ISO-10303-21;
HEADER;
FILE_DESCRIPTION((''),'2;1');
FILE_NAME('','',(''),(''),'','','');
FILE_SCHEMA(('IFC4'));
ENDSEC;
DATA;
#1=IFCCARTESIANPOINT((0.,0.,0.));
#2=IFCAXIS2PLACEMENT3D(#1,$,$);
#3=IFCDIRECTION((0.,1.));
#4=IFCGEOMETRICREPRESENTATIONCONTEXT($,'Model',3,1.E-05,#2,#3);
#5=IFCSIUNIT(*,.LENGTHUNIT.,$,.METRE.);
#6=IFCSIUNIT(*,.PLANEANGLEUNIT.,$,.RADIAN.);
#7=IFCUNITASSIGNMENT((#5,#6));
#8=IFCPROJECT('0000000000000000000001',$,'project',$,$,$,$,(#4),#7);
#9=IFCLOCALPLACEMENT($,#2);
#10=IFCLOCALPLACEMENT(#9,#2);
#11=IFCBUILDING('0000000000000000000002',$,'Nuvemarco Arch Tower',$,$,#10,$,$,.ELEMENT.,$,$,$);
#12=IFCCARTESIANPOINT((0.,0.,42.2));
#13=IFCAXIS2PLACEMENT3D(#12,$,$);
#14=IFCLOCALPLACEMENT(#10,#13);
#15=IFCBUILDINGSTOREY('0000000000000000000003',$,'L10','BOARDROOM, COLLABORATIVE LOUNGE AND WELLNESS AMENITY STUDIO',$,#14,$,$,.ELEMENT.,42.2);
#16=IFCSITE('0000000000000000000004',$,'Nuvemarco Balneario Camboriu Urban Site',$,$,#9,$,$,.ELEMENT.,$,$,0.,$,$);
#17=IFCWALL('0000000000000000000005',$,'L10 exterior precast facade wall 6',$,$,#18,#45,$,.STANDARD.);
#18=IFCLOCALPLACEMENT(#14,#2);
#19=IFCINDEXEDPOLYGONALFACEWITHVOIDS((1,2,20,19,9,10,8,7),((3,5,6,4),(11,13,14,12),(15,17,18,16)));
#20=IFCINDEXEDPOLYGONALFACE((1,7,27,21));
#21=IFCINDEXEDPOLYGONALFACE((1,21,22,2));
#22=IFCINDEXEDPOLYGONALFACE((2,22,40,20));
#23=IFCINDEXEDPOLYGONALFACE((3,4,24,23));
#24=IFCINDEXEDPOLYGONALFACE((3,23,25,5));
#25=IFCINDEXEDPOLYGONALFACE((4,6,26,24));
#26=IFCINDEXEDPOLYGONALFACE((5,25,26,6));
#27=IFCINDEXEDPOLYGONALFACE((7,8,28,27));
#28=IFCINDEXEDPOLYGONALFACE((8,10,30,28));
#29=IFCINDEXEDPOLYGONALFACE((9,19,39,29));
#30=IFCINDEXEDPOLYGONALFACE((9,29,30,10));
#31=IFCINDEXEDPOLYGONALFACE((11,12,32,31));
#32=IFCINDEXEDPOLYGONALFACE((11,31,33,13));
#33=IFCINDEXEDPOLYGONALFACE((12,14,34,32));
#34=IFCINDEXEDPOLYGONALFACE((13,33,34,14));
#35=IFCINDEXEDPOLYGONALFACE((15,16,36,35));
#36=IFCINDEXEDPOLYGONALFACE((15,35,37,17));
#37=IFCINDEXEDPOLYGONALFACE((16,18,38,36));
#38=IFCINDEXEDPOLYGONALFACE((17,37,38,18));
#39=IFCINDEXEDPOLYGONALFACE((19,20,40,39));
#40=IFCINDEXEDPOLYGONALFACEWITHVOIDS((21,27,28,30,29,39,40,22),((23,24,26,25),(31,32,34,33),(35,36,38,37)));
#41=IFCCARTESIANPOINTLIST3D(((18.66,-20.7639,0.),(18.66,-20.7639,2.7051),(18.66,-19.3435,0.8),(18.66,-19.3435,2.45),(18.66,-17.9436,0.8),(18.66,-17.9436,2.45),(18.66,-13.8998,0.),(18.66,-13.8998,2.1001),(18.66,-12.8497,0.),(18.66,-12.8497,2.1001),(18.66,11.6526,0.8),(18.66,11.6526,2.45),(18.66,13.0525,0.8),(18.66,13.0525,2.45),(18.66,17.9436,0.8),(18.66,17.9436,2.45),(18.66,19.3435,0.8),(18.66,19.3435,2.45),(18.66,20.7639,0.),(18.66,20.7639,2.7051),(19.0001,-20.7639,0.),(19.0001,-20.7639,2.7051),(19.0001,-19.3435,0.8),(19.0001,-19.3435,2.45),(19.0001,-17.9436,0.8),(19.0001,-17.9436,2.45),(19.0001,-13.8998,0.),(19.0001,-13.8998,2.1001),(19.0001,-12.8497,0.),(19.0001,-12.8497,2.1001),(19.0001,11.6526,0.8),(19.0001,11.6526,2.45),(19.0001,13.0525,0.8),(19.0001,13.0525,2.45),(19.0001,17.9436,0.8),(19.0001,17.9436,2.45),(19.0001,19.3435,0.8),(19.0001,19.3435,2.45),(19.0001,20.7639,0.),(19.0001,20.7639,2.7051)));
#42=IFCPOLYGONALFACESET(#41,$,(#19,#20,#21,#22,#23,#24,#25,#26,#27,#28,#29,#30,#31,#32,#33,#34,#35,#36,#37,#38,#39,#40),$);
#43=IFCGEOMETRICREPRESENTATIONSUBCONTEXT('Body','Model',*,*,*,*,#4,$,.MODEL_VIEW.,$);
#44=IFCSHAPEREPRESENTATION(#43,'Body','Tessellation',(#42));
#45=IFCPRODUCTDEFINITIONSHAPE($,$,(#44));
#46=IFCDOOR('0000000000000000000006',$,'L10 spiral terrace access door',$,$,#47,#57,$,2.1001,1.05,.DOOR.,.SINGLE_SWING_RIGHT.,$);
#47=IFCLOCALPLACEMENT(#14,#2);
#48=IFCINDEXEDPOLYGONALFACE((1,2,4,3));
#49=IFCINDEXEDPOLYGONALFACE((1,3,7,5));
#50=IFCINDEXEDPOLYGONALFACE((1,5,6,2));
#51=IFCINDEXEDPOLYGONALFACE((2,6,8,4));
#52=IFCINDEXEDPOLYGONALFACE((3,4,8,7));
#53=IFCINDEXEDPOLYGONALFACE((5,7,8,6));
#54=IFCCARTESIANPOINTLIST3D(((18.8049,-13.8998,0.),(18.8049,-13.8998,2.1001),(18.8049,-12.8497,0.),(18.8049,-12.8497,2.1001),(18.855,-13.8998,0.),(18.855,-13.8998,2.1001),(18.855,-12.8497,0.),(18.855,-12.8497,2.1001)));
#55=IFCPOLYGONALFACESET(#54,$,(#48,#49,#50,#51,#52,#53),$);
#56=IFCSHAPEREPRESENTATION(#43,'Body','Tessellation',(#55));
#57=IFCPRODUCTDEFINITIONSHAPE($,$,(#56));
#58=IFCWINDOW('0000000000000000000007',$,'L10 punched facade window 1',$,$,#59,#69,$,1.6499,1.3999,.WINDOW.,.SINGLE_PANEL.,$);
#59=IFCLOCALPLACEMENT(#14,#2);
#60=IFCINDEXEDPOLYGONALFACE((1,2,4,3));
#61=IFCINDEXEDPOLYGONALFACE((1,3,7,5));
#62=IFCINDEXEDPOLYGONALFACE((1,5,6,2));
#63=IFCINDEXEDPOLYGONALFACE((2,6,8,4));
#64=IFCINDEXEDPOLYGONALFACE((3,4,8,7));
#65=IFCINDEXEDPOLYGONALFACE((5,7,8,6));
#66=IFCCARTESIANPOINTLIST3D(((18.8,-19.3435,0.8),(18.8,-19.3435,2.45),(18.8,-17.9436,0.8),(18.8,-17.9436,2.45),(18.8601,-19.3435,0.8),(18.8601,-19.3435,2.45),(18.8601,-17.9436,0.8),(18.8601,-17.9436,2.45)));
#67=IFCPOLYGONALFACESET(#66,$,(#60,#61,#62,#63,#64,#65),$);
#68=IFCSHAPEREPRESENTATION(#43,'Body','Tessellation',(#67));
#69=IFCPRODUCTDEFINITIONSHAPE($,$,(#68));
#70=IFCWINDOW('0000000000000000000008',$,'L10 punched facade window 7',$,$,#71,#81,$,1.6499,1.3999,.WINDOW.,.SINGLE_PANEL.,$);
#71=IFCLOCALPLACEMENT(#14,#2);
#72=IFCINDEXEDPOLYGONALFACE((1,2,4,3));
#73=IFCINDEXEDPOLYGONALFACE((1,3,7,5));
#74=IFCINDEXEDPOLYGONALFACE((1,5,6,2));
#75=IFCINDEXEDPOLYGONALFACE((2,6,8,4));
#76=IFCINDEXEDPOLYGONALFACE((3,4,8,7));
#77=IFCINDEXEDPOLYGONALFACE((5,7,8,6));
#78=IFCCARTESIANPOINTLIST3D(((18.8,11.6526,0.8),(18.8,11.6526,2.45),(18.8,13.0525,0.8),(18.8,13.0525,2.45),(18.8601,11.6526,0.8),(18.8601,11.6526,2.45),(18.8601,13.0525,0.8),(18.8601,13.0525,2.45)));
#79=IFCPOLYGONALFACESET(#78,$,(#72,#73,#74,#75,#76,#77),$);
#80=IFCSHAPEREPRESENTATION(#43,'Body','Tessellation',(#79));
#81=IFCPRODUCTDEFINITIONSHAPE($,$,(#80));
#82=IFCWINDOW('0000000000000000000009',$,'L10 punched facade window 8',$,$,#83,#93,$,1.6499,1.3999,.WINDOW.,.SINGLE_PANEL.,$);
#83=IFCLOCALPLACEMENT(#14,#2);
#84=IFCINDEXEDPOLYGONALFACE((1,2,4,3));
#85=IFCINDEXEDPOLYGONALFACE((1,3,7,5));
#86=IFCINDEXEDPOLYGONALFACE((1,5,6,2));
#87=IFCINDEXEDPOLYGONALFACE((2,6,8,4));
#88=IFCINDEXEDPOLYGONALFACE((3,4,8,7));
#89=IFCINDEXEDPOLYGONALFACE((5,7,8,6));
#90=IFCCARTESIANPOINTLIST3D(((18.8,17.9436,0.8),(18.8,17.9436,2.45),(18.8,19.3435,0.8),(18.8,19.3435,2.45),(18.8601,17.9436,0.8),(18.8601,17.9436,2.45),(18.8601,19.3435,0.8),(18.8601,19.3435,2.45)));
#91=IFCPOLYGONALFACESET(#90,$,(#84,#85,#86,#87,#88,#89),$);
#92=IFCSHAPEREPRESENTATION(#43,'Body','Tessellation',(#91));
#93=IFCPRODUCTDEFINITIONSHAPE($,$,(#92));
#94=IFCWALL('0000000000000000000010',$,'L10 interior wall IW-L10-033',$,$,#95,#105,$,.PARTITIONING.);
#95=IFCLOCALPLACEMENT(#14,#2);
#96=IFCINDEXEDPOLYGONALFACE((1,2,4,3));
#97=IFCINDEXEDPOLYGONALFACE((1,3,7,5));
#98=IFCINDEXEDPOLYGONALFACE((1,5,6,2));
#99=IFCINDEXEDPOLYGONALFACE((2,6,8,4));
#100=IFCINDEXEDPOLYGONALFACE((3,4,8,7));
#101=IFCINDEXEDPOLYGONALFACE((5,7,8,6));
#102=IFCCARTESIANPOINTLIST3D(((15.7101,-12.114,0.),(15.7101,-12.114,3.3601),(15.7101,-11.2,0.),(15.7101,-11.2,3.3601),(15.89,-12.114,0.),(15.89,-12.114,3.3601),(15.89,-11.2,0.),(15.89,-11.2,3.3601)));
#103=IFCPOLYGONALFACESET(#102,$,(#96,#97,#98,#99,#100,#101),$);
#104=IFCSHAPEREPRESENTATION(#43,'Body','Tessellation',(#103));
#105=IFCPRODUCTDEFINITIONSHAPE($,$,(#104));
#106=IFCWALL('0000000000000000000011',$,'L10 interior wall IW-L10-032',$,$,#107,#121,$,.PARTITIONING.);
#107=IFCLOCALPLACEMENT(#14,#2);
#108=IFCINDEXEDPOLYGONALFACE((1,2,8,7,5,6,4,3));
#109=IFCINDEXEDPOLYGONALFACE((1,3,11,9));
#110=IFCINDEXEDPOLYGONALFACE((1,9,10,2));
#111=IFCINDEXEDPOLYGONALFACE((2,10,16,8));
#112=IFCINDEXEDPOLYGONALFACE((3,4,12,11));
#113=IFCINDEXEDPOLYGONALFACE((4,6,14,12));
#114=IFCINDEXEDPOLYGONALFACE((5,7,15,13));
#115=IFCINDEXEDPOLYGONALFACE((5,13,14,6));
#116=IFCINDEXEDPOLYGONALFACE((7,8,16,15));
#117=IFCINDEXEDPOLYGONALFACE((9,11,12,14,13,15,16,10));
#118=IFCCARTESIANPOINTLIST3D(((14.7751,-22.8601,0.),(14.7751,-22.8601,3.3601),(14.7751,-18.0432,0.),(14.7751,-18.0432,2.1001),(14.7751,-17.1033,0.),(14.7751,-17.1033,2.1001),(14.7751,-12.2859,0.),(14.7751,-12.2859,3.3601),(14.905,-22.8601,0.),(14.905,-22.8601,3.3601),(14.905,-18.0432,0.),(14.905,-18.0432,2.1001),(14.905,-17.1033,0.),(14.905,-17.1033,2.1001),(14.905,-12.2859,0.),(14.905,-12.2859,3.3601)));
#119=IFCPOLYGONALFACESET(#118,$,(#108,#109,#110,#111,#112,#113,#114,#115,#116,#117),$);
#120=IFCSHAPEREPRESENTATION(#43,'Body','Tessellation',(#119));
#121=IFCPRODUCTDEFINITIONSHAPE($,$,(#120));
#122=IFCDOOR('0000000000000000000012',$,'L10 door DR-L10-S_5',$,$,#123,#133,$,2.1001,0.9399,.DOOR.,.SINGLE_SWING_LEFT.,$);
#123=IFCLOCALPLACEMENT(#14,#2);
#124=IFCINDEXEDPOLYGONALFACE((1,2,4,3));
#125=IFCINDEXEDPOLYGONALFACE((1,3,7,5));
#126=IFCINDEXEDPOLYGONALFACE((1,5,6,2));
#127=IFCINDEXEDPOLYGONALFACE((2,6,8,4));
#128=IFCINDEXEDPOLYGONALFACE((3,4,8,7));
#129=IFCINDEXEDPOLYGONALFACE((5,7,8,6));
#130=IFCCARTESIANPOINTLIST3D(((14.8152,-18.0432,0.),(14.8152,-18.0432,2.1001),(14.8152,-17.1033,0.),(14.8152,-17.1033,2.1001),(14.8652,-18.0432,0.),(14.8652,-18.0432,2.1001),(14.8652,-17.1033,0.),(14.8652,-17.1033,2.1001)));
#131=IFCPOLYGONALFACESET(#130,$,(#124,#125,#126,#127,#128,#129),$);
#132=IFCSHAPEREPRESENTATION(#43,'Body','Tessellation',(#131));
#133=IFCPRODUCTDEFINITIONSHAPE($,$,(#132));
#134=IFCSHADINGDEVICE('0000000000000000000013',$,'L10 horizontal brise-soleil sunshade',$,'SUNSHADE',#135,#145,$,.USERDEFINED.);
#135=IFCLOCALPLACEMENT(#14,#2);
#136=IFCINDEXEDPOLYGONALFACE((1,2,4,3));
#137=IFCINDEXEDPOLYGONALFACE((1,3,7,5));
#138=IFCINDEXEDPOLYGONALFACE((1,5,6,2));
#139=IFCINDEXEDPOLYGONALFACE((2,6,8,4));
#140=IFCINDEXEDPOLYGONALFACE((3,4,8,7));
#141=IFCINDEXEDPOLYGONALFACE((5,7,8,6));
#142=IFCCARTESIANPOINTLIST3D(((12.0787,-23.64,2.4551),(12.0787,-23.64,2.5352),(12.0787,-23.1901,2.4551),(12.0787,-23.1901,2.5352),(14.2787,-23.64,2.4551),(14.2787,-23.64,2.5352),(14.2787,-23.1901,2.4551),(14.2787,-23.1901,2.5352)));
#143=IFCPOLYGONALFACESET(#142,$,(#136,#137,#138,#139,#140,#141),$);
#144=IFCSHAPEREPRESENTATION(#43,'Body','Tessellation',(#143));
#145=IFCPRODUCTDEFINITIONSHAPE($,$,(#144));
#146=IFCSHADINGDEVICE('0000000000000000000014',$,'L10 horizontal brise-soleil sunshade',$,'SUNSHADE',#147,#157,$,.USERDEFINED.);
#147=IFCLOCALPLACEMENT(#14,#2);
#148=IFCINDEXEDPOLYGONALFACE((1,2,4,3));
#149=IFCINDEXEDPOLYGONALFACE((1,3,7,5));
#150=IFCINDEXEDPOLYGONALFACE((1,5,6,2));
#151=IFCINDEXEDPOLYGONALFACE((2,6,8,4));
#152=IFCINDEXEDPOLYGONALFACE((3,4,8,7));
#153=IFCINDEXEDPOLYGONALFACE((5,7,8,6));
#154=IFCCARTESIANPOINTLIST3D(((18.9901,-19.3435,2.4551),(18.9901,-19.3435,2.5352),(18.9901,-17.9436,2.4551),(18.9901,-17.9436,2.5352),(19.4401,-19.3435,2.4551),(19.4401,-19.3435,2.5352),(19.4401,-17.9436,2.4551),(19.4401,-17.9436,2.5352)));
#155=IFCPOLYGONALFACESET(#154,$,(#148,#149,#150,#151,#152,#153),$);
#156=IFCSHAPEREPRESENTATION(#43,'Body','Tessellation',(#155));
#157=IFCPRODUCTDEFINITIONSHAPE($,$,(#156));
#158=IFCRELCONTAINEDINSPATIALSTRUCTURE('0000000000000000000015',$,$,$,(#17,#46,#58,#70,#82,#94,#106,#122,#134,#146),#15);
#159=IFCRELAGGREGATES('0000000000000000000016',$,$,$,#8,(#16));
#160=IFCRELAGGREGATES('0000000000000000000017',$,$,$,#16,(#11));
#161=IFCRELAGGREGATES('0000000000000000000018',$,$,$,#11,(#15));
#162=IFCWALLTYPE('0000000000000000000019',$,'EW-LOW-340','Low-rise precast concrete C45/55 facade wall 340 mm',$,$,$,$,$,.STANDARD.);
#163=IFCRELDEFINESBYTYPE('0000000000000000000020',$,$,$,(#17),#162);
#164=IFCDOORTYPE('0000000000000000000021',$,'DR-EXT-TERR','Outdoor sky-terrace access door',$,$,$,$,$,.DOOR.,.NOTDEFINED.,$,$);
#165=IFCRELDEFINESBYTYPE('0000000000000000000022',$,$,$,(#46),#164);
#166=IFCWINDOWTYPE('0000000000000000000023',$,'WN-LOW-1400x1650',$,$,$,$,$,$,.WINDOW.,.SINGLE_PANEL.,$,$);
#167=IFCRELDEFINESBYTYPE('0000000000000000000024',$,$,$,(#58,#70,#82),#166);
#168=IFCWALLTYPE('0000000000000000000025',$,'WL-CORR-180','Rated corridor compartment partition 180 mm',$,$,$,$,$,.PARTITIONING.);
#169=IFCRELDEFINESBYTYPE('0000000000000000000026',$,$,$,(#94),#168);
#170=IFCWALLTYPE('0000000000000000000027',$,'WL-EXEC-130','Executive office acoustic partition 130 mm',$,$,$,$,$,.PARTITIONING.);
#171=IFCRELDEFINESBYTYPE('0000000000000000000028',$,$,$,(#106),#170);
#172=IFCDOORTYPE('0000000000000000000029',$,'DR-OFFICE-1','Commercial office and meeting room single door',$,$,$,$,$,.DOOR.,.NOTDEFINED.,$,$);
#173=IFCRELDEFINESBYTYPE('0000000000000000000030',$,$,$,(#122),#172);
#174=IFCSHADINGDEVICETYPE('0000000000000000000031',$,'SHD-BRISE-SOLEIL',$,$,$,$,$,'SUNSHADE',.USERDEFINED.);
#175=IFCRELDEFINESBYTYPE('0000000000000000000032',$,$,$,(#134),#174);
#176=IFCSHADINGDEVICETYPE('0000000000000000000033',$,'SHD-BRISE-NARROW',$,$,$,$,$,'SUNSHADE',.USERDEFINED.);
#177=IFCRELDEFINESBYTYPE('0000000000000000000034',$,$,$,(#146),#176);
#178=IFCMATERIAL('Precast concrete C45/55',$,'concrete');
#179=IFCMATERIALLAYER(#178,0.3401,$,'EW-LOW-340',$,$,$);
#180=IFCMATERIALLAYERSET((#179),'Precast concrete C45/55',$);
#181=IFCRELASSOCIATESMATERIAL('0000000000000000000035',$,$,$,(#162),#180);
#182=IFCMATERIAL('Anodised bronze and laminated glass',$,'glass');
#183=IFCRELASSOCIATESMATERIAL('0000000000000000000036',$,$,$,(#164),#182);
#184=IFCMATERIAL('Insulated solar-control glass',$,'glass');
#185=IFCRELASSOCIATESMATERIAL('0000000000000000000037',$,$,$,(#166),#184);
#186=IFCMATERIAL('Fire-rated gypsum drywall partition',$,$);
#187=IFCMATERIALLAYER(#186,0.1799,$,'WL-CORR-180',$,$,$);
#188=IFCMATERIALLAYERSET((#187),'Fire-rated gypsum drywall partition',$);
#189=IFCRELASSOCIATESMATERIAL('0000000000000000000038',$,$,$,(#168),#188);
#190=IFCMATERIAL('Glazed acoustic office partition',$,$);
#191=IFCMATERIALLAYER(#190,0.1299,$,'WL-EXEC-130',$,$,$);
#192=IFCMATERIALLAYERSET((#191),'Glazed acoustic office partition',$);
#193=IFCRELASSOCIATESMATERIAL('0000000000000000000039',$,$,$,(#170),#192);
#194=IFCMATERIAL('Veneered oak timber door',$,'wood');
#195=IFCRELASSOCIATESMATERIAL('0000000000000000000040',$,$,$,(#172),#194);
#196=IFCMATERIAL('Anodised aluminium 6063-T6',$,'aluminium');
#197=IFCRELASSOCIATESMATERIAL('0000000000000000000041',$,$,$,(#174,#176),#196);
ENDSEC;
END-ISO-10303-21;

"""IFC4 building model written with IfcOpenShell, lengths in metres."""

from ifc_helpers import new_model, si_unit, direction, frame, frame_2d, origin, origin_2d, place, context, subcontext, project, spatial, rectangle, extrude, source, transform, mapped, material, layer, layer_set, type_object, type_shapes, element, fill, save


model = new_model("IFC4")

# Units and contexts
model_context = context("Model", 3, precision=1e-05, world=origin(), true_north=direction((0.0, 1.0)))
body_context = subcontext(model_context, "Body", "Model", "MODEL_VIEW")
ifc_project = project(units=[si_unit("LENGTHUNIT", "METRE"), si_unit("PLANEANGLEUNIT", "RADIAN")], contexts=[model_context])

# Site, building, storey
site_placement = place(None, origin())
site = spatial("IfcSite", under=ifc_project, at=site_placement, Name="Nuvemarco Balneario Camboriu Urban Site", CompositionType="ELEMENT", RefElevation=0.0)
building_placement = place(site_placement, origin())
building = spatial("IfcBuilding", under=site, at=building_placement, Name="Nuvemarco Arch Tower", CompositionType="ELEMENT")
storey_placement = place(building_placement, frame((0.0, 0.0, 42.2)))
storey = spatial("IfcBuildingStorey", under=building, at=storey_placement, Name="L10", Description="BOARDROOM, COLLABORATIVE LOUNGE AND WELLNESS AMENITY STUDIO", CompositionType="ELEMENT", Elevation=42.2)

# Shared definitions
ifc_material_1 = material(Name="Precast concrete C45/55", Category="concrete")

# Shared definitions
ifc_layer_1 = layer(ifc_material_1, 0.3401, Name="EW-LOW-340")
ifc_layer_set_1 = layer_set([ifc_layer_1], Name="Precast concrete C45/55")
wall_type_1 = type_object("IfcWallType", Name="EW-LOW-340", Description="Low-rise precast concrete C45/55 facade wall 340 mm", PredefinedType="STANDARD", material=ifc_layer_set_1)

# Wall, openings, door, windows
wall_1_placement = place(storey_placement, frame((18.8301, -20.7639, 0.0), z_axis=(0.0, 0.0, 1.0), x_axis=(0.0, 1.0, 0.0)))
wall_1 = element("IfcWall", 1, at=wall_1_placement, inside=storey, type_object=wall_type_1, Name="L10 exterior precast facade wall 6", PredefinedType="STANDARD", context=body_context, shape_type="SweptSolid", body=[
    extrude(rectangle(XDim=41.5278, YDim=0.3401, at=frame_2d((20.7639, 0.0))), origin(), (0.0, 0.0, 1.0), 2.7051),
])
opening_1_placement = place(wall_1_placement, frame((7.9141, 0.0, 0.0), z_axis=(0.0, 0.0, 1.0), x_axis=(-1.0, 0.0, 0.0)))
opening_1 = element("IfcOpeningElement", 2, at=opening_1_placement, cuts=wall_1, PredefinedType="OPENING", context=body_context, shape_type="SweptSolid", body=[
    extrude(rectangle(XDim=1.05, YDim=2.1001, at=frame_2d((0.5249, 1.05))), frame((0.0, 0.1799, 0.0), z_axis=(0.0, -1.0, 0.0), x_axis=(1.0, 0.0, 0.0)), (0.0, 0.0, 1.0), 0.3601),
])
opening_2_placement = place(wall_1_placement, frame((1.4204, 0.0, 0.8)))
opening_2 = element("IfcOpeningElement", 3, at=opening_2_placement, cuts=wall_1, PredefinedType="OPENING", context=body_context, shape_type="SweptSolid", body=[
    extrude(rectangle(XDim=1.3999, YDim=1.6499, at=frame_2d((0.7, 0.825))), frame((0.0, 0.1799, 0.0), z_axis=(0.0, -1.0, 0.0), x_axis=(1.0, 0.0, 0.0)), (0.0, 0.0, 1.0), 0.3601),
])
opening_3_placement = place(wall_1_placement, frame((32.4165, 0.0, 0.8)))
opening_3 = element("IfcOpeningElement", 4, at=opening_3_placement, cuts=wall_1, PredefinedType="OPENING", context=body_context, shape_type="SweptSolid", body=[
    extrude(rectangle(XDim=1.3999, YDim=1.6499, at=frame_2d((0.7, 0.825))), frame((0.0, 0.1799, 0.0), z_axis=(0.0, -1.0, 0.0), x_axis=(1.0, 0.0, 0.0)), (0.0, 0.0, 1.0), 0.3601),
])
opening_4_placement = place(wall_1_placement, frame((38.7075, 0.0, 0.8)))
opening_4 = element("IfcOpeningElement", 5, at=opening_4_placement, cuts=wall_1, PredefinedType="OPENING", context=body_context, shape_type="SweptSolid", body=[
    extrude(rectangle(XDim=1.3999, YDim=1.6499, at=frame_2d((0.7, 0.825))), frame((0.0, 0.1799, 0.0), z_axis=(0.0, -1.0, 0.0), x_axis=(1.0, 0.0, 0.0)), (0.0, 0.0, 1.0), 0.3601),
])
ifc_material_2 = material(Name="Anodised bronze and laminated glass", Category="glass")
door_type_1 = type_object("IfcDoorType", Name="DR-EXT-TERR", Description="Outdoor sky-terrace access door", OperationType="NOTDEFINED", PredefinedType="DOOR", material=ifc_material_2)
shared_shape_1 = source(origin(), body_context, "Body", "SweptSolid", [
    extrude(rectangle(XDim=1.05, YDim=2.1001, at=frame_2d((0.5249, 1.05))), frame((0.0, 0.0249, 0.0), z_axis=(0.0, -1.0, 0.0), x_axis=(1.0, 0.0, 0.0)), (0.0, 0.0, 1.0), 0.05),
])
type_shapes(door_type_1, [shared_shape_1])
door_1_placement = place(opening_1_placement, origin())
door_1 = element("IfcDoor", 6, at=door_1_placement, inside=storey, type_object=door_type_1, Name="L10 spiral terrace access door", OperationType="SINGLE_SWING_RIGHT", OverallHeight=2.1001, OverallWidth=1.05, PredefinedType="DOOR", context=body_context, shape_type="MappedRepresentation", body=[
    mapped(shared_shape_1, transform((0.0, 0.0, 0.0), scale=1.0)),
])
fill(opening_1, door_1)
ifc_material_3 = material(Name="Insulated solar-control glass", Category="glass")
window_type = type_object("IfcWindowType", Name="WN-LOW-1400x1650", PartitioningType="SINGLE_PANEL", PredefinedType="WINDOW", material=ifc_material_3)
shared_shape_2 = source(origin(), body_context, "Body", "SweptSolid", [
    extrude(rectangle(XDim=1.3999, YDim=1.6499, at=frame_2d((0.7, 0.825))), frame((0.0, 0.03, 0.0), z_axis=(0.0, -1.0, 0.0), x_axis=(1.0, 0.0, 0.0)), (0.0, 0.0, 1.0), 0.0601),
])
type_shapes(window_type, [shared_shape_2])
window_1_placement = place(opening_2_placement, origin())
window_1 = element("IfcWindow", 7, at=window_1_placement, inside=storey, type_object=window_type, Name="L10 punched facade window 1", OverallHeight=1.6499, OverallWidth=1.3999, PartitioningType="SINGLE_PANEL", PredefinedType="WINDOW", context=body_context, shape_type="MappedRepresentation", body=[
    mapped(shared_shape_2, transform((0.0, 0.0, 0.0), scale=1.0)),
])
fill(opening_2, window_1)
window_2_placement = place(opening_3_placement, origin())
window_2 = element("IfcWindow", 8, at=window_2_placement, inside=storey, type_object=window_type, Name="L10 punched facade window 7", OverallHeight=1.6499, OverallWidth=1.3999, PartitioningType="SINGLE_PANEL", PredefinedType="WINDOW", context=body_context, shape_type="MappedRepresentation", body=[
    mapped(shared_shape_2, transform((0.0, 0.0, 0.0), scale=1.0)),
])
fill(opening_3, window_2)
window_3_placement = place(opening_4_placement, origin())
window_3 = element("IfcWindow", 9, at=window_3_placement, inside=storey, type_object=window_type, Name="L10 punched facade window 8", OverallHeight=1.6499, OverallWidth=1.3999, PartitioningType="SINGLE_PANEL", PredefinedType="WINDOW", context=body_context, shape_type="MappedRepresentation", body=[
    mapped(shared_shape_2, transform((0.0, 0.0, 0.0), scale=1.0)),
])
fill(opening_4, window_3)

# Wall
ifc_material_4 = material(Name="Fire-rated gypsum drywall partition")
ifc_layer_2 = layer(ifc_material_4, 0.1799, Name="WL-CORR-180")
ifc_layer_set_2 = layer_set([ifc_layer_2], Name="Fire-rated gypsum drywall partition")
wall_type_2 = type_object("IfcWallType", Name="WL-CORR-180", Description="Rated corridor compartment partition 180 mm", PredefinedType="PARTITIONING", material=ifc_layer_set_2)
wall_2_placement = place(storey_placement, frame((15.8, -12.114, 0.0), z_axis=(0.0, 0.0, 1.0), x_axis=(0.0, 1.0, 0.0)))
element("IfcWall", 10, at=wall_2_placement, inside=storey, type_object=wall_type_2, Name="L10 interior wall IW-L10-033", PredefinedType="PARTITIONING", context=body_context, shape_type="SweptSolid", body=[
    extrude(rectangle(XDim=0.9141, YDim=0.1799, at=frame_2d((0.457, 0.0))), origin(), (0.0, 0.0, 1.0), 3.3601),
])

# Wall, opening, door
ifc_material_5 = material(Name="Glazed acoustic office partition")
ifc_layer_3 = layer(ifc_material_5, 0.1299, Name="WL-EXEC-130")
ifc_layer_set_3 = layer_set([ifc_layer_3], Name="Glazed acoustic office partition")
wall_type_3 = type_object("IfcWallType", Name="WL-EXEC-130", Description="Executive office acoustic partition 130 mm", PredefinedType="PARTITIONING", material=ifc_layer_set_3)
wall_3_placement = place(storey_placement, frame((14.8401, -22.8601, 0.0), z_axis=(0.0, 0.0, 1.0), x_axis=(0.0, 1.0, 0.0)))
wall_3 = element("IfcWall", 11, at=wall_3_placement, inside=storey, type_object=wall_type_3, Name="L10 interior wall IW-L10-032", PredefinedType="PARTITIONING", context=body_context, shape_type="SweptSolid", body=[
    extrude(rectangle(XDim=10.5742, YDim=0.1299, at=frame_2d((5.2871, 0.0))), origin(), (0.0, 0.0, 1.0), 3.3601),
])
opening_5_placement = place(wall_3_placement, frame((4.8169, 0.0, 0.0)))
opening_5 = element("IfcOpeningElement", 12, at=opening_5_placement, cuts=wall_3, PredefinedType="OPENING", context=body_context, shape_type="SweptSolid", body=[
    extrude(rectangle(XDim=0.9399, YDim=2.1001, at=frame_2d((0.47, 1.05))), frame((0.0, 0.075, 0.0), z_axis=(0.0, -1.0, 0.0), x_axis=(1.0, 0.0, 0.0)), (0.0, 0.0, 1.0), 0.1499),
])
ifc_material_6 = material(Name="Veneered oak timber door", Category="wood")
door_type_2 = type_object("IfcDoorType", Name="DR-OFFICE-1", Description="Commercial office and meeting room single door", OperationType="NOTDEFINED", PredefinedType="DOOR", material=ifc_material_6)
shared_shape_3 = source(origin(), body_context, "Body", "SweptSolid", [
    extrude(rectangle(XDim=0.9399, YDim=2.1001, at=frame_2d((0.47, 1.05))), frame((0.0, 0.0249, 0.0), z_axis=(0.0, -1.0, 0.0), x_axis=(1.0, 0.0, 0.0)), (0.0, 0.0, 1.0), 0.05),
])
type_shapes(door_type_2, [shared_shape_3])
door_2_placement = place(opening_5_placement, origin())
door_2 = element("IfcDoor", 13, at=door_2_placement, inside=storey, type_object=door_type_2, Name="L10 door DR-L10-S_5", OperationType="SINGLE_SWING_LEFT", OverallHeight=2.1001, OverallWidth=0.9399, PredefinedType="DOOR", context=body_context, shape_type="MappedRepresentation", body=[
    mapped(shared_shape_3, transform((0.0, 0.0, 0.0), scale=1.0)),
])
fill(opening_5, door_2)

# Shading devices
ifc_material_7 = material(Name="Anodised aluminium 6063-T6", Category="aluminium")
shading_device_type_1 = type_object("IfcShadingDeviceType", Name="SHD-BRISE-SOLEIL", ElementType="SUNSHADE", PredefinedType="USERDEFINED", material=ifc_material_7)
shared_shape_4 = source(origin(), body_context, "Body", "SweptSolid", [
    extrude(rectangle(XDim=2.2, YDim=0.45, at=origin_2d()), origin(), (0.0, 0.0, 1.0), 0.0801),
])
type_shapes(shading_device_type_1, [shared_shape_4])
shading_device_1_placement = place(storey_placement, frame((13.1787, -23.415, 2.4551), z_axis=(0.0, 0.0, 1.0), x_axis=(1.0, 0.0, 0.0)))
element("IfcShadingDevice", 14, at=shading_device_1_placement, inside=storey, type_object=shading_device_type_1, Name="L10 horizontal brise-soleil sunshade", ObjectType="SUNSHADE", PredefinedType="USERDEFINED", context=body_context, shape_type="MappedRepresentation", body=[
    mapped(shared_shape_4, transform((0.0, 0.0, 0.0), scale=1.0)),
])
shading_device_type_2 = type_object("IfcShadingDeviceType", Name="SHD-BRISE-NARROW", ElementType="SUNSHADE", PredefinedType="USERDEFINED", material=ifc_material_7)
shared_shape_5 = source(origin(), body_context, "Body", "SweptSolid", [
    extrude(rectangle(XDim=1.3999, YDim=0.45, at=origin_2d()), origin(), (0.0, 0.0, 1.0), 0.0801),
])
type_shapes(shading_device_type_2, [shared_shape_5])
shading_device_2_placement = place(storey_placement, frame((19.2151, -18.6436, 2.4551), z_axis=(0.0, 0.0, 1.0), x_axis=(0.0, 1.0, 0.0)))
element("IfcShadingDevice", 15, at=shading_device_2_placement, inside=storey, type_object=shading_device_type_2, Name="L10 horizontal brise-soleil sunshade", ObjectType="SUNSHADE", PredefinedType="USERDEFINED", context=body_context, shape_type="MappedRepresentation", body=[
    mapped(shared_shape_5, transform((0.0, 0.0, 0.0), scale=1.0)),
])

save(model, "model.ifc")
